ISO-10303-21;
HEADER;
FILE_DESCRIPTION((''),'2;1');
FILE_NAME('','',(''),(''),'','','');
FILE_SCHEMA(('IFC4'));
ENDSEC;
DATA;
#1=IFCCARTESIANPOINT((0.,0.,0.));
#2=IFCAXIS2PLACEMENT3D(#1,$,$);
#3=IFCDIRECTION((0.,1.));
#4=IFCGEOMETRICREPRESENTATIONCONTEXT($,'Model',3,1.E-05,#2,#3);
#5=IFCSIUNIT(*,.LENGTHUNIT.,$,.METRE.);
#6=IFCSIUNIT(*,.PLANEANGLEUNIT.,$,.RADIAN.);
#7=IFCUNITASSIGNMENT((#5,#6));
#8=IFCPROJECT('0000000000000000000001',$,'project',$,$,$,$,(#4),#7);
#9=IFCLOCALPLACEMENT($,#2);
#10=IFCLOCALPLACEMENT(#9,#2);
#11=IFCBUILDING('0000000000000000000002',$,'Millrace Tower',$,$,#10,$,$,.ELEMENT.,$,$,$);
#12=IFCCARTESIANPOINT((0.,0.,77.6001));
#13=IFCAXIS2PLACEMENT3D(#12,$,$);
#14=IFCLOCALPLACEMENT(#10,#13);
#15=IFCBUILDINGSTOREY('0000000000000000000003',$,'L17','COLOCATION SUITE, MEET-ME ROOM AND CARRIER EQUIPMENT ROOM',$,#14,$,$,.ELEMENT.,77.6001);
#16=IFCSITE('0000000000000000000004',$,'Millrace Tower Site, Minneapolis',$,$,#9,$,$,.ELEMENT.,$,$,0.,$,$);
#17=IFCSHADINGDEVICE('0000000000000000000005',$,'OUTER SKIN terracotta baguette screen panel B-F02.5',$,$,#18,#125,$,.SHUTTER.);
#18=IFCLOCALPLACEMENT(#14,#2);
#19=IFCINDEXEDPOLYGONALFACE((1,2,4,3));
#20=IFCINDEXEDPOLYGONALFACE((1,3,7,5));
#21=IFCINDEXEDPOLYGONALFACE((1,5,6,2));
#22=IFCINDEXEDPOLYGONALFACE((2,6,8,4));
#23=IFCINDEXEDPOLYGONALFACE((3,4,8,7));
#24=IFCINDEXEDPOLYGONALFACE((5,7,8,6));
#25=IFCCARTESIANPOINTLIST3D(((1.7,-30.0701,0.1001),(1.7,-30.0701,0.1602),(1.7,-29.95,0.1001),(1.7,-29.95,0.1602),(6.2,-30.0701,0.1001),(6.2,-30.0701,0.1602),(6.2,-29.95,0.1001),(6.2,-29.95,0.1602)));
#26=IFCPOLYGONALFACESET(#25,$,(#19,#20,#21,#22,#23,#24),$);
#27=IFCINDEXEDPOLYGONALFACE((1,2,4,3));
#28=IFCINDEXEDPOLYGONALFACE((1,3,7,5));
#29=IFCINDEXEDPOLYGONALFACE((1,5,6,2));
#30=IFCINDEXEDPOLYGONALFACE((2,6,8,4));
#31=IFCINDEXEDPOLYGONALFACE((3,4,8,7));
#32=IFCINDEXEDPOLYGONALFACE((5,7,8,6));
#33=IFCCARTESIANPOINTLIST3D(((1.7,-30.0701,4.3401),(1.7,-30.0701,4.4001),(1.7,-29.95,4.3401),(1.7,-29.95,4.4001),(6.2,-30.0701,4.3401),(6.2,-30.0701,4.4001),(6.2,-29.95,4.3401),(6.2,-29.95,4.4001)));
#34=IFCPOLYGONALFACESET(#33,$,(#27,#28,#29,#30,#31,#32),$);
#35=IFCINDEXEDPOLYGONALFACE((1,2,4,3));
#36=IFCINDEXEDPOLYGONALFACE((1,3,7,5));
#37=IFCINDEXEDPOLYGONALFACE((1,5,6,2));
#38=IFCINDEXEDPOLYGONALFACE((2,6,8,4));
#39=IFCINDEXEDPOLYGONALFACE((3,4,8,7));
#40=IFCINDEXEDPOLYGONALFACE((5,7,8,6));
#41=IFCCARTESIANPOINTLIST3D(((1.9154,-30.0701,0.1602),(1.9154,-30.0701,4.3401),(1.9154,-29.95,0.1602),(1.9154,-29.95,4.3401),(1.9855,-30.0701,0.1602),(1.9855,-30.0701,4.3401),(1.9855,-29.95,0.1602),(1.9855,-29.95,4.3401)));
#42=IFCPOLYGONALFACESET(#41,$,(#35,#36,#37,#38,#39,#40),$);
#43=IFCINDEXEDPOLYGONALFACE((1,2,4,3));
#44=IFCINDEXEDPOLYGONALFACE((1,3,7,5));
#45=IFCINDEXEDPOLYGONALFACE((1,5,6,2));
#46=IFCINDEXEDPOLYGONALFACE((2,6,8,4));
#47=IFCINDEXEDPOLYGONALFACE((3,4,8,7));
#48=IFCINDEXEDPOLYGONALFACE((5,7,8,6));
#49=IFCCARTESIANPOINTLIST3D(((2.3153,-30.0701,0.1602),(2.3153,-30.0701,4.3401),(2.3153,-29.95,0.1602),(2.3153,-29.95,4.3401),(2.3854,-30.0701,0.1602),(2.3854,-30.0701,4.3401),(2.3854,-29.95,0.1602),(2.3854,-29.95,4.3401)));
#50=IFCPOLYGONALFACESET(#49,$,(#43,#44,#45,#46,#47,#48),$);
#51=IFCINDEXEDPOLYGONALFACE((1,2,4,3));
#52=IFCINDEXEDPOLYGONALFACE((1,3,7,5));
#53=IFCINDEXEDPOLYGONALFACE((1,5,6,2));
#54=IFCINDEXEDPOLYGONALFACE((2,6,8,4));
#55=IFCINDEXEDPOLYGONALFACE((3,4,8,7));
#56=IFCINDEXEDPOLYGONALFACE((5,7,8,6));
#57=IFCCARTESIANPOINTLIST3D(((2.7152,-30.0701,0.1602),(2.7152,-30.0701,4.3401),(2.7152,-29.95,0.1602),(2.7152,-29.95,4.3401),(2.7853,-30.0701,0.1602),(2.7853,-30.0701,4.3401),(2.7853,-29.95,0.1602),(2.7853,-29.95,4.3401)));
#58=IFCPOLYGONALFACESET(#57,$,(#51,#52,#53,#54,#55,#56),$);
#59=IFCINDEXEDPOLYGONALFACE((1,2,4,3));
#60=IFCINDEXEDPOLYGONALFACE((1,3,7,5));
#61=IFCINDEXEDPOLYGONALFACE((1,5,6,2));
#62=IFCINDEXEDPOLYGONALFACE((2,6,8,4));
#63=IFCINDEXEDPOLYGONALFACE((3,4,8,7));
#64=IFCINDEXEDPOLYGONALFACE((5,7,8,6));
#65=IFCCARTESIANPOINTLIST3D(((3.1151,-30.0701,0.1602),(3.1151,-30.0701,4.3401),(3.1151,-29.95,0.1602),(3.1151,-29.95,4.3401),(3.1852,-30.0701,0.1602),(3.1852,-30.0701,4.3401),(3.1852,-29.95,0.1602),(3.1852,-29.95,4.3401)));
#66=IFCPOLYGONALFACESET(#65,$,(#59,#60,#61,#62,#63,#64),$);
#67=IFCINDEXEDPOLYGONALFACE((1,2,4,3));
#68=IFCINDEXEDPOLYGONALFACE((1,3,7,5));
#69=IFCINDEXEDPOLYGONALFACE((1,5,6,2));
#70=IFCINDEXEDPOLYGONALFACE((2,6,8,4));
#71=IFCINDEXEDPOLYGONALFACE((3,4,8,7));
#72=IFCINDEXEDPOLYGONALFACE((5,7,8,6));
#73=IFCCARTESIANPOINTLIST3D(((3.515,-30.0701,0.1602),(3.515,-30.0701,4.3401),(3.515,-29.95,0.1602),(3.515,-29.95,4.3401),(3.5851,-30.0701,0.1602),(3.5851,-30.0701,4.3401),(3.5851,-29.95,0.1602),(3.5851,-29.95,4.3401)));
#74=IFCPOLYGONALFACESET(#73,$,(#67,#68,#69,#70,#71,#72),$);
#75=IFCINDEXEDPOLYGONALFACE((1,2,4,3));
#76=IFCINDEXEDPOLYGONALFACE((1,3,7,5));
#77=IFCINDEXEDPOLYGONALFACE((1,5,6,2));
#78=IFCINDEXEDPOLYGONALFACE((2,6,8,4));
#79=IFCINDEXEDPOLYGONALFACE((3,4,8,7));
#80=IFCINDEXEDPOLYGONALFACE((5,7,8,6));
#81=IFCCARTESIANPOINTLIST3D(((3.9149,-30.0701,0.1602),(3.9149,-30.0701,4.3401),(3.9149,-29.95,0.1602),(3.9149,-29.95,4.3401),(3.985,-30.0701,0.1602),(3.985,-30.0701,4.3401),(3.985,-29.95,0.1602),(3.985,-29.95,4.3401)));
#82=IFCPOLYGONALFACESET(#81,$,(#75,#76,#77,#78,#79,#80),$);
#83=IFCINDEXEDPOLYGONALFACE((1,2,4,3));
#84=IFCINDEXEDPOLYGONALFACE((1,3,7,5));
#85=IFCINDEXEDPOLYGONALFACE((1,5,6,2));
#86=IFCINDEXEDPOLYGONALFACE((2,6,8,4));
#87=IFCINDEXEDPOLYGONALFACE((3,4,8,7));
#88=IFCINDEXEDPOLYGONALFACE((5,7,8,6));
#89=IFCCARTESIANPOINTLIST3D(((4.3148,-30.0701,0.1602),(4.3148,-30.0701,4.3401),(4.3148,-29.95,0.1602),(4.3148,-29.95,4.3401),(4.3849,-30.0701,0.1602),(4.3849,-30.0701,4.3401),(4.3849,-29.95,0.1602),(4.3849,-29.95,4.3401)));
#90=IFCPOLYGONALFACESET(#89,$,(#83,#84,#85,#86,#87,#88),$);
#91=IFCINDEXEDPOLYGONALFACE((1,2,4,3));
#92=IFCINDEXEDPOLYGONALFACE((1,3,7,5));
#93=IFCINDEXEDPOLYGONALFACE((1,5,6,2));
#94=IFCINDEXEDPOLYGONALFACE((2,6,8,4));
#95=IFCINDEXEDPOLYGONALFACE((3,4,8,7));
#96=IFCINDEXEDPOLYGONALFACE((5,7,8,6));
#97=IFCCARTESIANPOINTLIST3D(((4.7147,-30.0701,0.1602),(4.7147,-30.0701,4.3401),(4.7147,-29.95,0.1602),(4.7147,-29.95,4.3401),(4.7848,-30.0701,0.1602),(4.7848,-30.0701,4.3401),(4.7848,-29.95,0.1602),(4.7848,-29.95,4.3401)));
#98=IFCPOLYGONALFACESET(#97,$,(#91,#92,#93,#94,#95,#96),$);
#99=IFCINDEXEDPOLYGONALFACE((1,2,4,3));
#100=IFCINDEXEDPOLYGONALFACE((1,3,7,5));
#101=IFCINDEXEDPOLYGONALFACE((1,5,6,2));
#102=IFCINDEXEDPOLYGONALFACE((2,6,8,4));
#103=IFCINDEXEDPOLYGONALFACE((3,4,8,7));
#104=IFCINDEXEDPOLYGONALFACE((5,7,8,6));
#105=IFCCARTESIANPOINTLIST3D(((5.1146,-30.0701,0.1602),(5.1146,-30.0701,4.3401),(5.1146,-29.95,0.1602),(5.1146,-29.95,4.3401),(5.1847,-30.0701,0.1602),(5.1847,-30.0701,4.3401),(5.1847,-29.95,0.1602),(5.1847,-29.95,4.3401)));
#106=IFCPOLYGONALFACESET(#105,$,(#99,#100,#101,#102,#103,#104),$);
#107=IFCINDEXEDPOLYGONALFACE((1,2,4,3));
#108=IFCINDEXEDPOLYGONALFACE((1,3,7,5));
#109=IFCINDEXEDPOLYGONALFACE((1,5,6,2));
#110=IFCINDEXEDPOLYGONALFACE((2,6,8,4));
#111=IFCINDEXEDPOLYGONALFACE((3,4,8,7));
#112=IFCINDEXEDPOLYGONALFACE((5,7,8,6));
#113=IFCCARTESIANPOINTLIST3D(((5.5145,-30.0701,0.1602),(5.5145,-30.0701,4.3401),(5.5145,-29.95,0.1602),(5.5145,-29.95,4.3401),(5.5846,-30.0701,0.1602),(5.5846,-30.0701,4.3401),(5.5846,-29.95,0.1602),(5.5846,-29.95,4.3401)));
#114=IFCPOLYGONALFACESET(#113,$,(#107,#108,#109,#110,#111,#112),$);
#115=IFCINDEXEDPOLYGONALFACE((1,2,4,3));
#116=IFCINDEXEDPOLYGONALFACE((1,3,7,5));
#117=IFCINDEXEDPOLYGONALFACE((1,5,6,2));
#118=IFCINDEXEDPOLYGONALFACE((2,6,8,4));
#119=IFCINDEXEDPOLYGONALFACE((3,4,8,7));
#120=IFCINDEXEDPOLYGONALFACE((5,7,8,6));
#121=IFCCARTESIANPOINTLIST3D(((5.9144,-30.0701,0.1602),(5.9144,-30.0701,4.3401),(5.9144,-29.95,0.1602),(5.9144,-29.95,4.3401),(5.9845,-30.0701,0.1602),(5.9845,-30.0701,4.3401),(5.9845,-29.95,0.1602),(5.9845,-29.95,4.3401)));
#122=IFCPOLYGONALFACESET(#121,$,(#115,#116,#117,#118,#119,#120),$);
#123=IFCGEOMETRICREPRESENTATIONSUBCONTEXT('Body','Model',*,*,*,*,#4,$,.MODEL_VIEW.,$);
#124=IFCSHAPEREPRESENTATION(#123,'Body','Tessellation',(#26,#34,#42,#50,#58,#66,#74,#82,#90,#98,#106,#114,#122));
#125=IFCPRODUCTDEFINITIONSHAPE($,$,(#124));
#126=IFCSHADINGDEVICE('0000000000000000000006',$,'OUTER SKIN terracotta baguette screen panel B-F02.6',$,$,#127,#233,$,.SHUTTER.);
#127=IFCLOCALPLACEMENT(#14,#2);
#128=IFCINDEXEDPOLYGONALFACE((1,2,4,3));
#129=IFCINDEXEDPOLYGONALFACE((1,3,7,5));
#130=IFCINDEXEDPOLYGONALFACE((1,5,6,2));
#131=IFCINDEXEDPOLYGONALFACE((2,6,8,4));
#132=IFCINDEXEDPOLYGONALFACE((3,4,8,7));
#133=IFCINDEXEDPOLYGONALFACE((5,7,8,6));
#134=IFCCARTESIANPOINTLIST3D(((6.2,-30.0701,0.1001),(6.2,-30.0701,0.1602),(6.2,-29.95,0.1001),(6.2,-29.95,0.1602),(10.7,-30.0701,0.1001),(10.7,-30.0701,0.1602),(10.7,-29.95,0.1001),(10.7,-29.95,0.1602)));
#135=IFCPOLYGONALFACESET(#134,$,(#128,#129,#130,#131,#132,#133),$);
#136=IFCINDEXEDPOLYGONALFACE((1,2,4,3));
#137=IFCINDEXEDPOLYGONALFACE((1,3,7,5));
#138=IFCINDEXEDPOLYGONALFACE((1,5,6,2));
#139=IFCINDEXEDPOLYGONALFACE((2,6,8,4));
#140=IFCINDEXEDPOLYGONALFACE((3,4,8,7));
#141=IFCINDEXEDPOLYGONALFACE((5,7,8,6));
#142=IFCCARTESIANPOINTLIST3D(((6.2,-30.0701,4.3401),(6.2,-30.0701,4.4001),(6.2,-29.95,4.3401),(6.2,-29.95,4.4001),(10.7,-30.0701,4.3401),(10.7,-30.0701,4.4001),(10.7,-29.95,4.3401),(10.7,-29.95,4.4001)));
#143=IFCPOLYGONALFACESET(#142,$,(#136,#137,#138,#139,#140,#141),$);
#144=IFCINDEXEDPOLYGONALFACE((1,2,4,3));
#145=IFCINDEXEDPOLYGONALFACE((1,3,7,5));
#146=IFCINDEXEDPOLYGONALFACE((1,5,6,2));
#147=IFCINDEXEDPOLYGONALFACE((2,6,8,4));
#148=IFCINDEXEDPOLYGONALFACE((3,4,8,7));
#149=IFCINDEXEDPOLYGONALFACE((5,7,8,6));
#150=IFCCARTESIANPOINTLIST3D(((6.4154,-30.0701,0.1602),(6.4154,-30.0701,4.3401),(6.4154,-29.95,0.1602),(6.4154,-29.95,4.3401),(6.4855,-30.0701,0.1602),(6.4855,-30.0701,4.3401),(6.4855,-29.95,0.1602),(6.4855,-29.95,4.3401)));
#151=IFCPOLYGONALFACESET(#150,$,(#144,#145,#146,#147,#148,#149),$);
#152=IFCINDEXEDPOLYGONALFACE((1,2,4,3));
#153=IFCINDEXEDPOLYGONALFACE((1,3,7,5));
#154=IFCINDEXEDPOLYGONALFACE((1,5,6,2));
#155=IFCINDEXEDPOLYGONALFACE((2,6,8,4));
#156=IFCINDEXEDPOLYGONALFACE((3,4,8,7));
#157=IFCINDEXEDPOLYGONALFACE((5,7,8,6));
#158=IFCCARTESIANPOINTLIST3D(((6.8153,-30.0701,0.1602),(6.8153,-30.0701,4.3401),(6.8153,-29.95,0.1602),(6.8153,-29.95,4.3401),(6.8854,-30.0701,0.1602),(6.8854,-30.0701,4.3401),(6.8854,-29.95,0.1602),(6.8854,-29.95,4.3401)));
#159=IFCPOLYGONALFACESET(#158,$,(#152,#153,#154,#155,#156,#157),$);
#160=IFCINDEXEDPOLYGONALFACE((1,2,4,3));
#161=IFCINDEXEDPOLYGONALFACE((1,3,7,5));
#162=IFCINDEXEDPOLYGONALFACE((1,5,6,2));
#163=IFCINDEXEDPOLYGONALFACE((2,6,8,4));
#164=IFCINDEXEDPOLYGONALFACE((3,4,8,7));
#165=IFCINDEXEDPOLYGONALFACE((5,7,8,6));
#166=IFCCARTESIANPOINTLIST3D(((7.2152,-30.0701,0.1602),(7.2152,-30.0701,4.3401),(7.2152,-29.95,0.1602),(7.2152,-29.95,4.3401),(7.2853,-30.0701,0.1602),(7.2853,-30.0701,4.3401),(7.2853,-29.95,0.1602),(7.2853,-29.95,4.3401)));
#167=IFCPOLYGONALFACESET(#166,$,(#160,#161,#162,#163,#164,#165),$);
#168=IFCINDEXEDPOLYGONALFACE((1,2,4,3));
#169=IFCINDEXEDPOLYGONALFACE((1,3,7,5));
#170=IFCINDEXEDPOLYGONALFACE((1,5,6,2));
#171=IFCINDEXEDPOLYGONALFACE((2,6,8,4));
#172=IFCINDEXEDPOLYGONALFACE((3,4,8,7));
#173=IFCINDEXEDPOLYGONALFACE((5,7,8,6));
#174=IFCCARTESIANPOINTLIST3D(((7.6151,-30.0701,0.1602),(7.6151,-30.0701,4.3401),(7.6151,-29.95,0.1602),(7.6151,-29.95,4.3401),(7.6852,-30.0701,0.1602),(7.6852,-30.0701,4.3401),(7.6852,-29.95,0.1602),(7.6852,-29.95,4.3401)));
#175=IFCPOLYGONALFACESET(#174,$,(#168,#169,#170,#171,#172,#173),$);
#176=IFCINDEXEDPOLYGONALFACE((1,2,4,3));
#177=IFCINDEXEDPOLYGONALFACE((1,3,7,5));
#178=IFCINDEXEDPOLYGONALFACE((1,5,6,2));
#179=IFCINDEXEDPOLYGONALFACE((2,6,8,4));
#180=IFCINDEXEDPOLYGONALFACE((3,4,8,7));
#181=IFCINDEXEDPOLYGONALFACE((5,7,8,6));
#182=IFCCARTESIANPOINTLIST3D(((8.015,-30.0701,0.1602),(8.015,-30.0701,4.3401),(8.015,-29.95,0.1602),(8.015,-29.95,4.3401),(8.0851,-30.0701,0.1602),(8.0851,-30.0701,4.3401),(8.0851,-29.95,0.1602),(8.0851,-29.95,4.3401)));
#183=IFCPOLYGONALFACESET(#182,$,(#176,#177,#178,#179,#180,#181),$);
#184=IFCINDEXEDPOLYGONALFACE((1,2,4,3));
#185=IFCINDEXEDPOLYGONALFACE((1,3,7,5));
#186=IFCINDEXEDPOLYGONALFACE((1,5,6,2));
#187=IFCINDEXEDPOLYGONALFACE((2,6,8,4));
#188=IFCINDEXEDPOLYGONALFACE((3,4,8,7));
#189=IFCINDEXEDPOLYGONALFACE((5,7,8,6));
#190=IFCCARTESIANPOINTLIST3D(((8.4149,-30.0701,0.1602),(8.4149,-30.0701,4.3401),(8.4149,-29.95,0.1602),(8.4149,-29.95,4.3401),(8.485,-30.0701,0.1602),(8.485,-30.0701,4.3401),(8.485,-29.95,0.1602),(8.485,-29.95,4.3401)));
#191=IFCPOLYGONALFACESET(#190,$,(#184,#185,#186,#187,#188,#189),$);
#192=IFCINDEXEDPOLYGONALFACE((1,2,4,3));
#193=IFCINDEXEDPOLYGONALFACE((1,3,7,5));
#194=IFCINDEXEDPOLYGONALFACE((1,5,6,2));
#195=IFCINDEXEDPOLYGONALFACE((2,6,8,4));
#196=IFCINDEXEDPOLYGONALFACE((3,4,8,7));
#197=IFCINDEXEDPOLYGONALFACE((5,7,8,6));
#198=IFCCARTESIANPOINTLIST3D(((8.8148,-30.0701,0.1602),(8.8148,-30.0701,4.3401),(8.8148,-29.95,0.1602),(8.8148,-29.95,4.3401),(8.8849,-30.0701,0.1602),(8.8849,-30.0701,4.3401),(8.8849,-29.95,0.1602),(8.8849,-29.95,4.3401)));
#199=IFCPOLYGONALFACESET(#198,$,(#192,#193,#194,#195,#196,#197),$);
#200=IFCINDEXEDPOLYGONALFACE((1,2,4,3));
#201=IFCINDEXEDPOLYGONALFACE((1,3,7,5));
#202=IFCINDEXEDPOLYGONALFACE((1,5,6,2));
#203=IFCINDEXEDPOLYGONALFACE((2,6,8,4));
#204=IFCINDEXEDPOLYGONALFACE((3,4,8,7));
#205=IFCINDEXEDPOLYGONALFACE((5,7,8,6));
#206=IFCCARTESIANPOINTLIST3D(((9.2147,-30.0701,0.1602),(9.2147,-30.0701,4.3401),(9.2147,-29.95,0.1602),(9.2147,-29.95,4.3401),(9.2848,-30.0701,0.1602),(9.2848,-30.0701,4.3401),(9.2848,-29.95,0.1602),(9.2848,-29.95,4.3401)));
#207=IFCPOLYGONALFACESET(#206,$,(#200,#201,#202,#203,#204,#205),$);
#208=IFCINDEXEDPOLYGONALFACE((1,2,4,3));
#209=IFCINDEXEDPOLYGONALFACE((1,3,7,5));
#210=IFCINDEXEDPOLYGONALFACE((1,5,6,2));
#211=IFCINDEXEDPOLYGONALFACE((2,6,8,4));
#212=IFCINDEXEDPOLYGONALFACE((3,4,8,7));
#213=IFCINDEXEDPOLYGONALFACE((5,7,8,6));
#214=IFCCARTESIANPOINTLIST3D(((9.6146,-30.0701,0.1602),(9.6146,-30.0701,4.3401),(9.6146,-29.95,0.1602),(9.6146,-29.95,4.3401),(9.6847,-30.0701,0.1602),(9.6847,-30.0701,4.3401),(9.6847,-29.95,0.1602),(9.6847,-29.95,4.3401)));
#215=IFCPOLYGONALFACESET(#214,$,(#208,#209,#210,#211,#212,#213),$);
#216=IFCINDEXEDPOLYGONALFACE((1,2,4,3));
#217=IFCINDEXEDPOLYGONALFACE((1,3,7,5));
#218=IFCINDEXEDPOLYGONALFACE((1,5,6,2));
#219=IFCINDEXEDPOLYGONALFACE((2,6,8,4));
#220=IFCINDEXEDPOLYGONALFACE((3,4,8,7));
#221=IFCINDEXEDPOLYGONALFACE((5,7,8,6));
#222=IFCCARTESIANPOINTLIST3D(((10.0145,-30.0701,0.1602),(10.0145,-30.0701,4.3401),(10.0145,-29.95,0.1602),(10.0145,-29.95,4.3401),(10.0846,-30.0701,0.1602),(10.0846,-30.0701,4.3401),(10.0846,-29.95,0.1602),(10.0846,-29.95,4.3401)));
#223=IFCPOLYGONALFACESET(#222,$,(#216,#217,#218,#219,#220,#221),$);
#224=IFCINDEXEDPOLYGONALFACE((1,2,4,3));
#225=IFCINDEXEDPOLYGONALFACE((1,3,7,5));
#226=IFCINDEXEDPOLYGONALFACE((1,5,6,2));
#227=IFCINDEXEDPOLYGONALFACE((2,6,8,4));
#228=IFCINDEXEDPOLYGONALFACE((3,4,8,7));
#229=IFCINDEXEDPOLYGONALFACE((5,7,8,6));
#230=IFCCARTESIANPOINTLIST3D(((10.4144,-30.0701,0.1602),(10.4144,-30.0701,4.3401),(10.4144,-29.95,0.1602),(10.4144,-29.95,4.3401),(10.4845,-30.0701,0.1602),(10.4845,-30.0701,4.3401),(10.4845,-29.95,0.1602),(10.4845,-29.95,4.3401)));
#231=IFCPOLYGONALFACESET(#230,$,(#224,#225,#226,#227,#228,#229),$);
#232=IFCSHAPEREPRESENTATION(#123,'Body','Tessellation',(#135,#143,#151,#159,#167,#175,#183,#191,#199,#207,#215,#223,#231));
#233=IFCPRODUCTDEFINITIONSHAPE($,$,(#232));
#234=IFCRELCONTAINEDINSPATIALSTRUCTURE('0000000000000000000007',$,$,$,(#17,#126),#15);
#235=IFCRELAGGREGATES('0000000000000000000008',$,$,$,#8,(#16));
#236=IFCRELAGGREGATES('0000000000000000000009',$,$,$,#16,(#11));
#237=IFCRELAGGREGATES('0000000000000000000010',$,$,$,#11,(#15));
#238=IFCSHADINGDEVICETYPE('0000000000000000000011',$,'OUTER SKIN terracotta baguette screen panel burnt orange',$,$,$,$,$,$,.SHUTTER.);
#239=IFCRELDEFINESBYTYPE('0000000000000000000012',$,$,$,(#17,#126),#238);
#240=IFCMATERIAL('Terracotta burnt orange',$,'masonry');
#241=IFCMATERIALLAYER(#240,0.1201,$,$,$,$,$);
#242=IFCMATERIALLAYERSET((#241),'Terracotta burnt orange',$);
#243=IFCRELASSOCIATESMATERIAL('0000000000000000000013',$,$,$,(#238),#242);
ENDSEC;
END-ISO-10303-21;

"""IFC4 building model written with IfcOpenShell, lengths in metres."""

from ifc_helpers import new_model, entity, si_unit, direction, frame, frame_2d, origin, origin_2d, place, context, subcontext, project, spatial, rectangle, extrude, source, transform, mapped, material, layer, layer_set, type_object, element, save


model = new_model("IFC4")

# Units and contexts
model_context = context("Model", 3, precision=1e-05, world=origin(), true_north=direction((0.0, 1.0)))
body_context = subcontext(model_context, "Body", "Model", "MODEL_VIEW")
ifc_project = project(units=[si_unit("LENGTHUNIT", "METRE"), si_unit("PLANEANGLEUNIT", "RADIAN")], contexts=[model_context])

# Site, building, storey
site_placement = place(None, origin())
site = spatial("IfcSite", under=ifc_project, at=site_placement, Name="Millrace Tower Site, Minneapolis", CompositionType="ELEMENT", RefElevation=0.0)
building_placement = place(site_placement, origin())
building = spatial("IfcBuilding", under=site, at=building_placement, Name="Millrace Tower", CompositionType="ELEMENT")
storey_placement = place(building_placement, frame((0.0, 0.0, 77.6001)))
storey = spatial("IfcBuildingStorey", under=building, at=storey_placement, Name="L17", Description="COLOCATION SUITE, MEET-ME ROOM AND CARRIER EQUIPMENT ROOM", CompositionType="ELEMENT", Elevation=77.6001)

# Shading devices
ifc_material_1 = material(Name="Terracotta burnt orange", Category="masonry")
ifc_layer_1 = layer(ifc_material_1, 0.1201)
ifc_layer_set_1 = layer_set([ifc_layer_1], Name="Terracotta burnt orange")
shading_device_type = type_object("IfcShadingDeviceType", Name="OUTER SKIN terracotta baguette screen panel burnt orange", PredefinedType="SHUTTER", material=ifc_layer_set_1)
cartesian_point = entity("IfcCartesianPoint", [-2.25, 0.0601])
shared_polyline = entity("IfcPolyline", [cartesian_point, entity("IfcCartesianPoint", [2.25, 0.0601]), entity("IfcCartesianPoint", [2.25, -0.0601]), entity("IfcCartesianPoint", [-2.25, -0.0601]), cartesian_point])
shared_shape = source(origin(), body_context, "Body", "SweptSolid", [
    entity("IfcExtrudedAreaSolid", entity("IfcArbitraryClosedProfileDef", "AREA", None, shared_polyline), entity("IfcAxis2Placement3D", entity("IfcCartesianPoint", [0.0, 0.0, 0.0])), entity("IfcDirection", [0.0, 0.0, 1.0]), 0.0601),
    entity("IfcExtrudedAreaSolid", entity("IfcArbitraryClosedProfileDef", "AREA", None, shared_polyline), entity("IfcAxis2Placement3D", entity("IfcCartesianPoint", [0.0, 0.0, 4.24])), entity("IfcDirection", [0.0, 0.0, 1.0]), 0.0601),
    extrude(rectangle(XDim=0.0701, YDim=0.1201, at=frame_2d((-1.9995, 0.0))), frame((0.0, 0.0, 0.0601)), (0.0, 0.0, 1.0), 4.1799),
    extrude(rectangle(XDim=0.0701, YDim=0.1201, at=frame_2d((-1.5996, 0.0))), frame((0.0, 0.0, 0.0601)), (0.0, 0.0, 1.0), 4.1799),
    extrude(rectangle(XDim=0.0701, YDim=0.1201, at=frame_2d((-1.1997, 0.0))), frame((0.0, 0.0, 0.0601)), (0.0, 0.0, 1.0), 4.1799),
    extrude(rectangle(XDim=0.0701, YDim=0.1201, at=frame_2d((-0.7998, 0.0))), frame((0.0, 0.0, 0.0601)), (0.0, 0.0, 1.0), 4.1799),
    extrude(rectangle(XDim=0.0701, YDim=0.1201, at=frame_2d((-0.3999, 0.0))), frame((0.0, 0.0, 0.0601)), (0.0, 0.0, 1.0), 4.1799),
    extrude(rectangle(XDim=0.0701, YDim=0.1201, at=origin_2d()), frame((0.0, 0.0, 0.0601)), (0.0, 0.0, 1.0), 4.1799),
    extrude(rectangle(XDim=0.0701, YDim=0.1201, at=frame_2d((0.3999, 0.0))), frame((0.0, 0.0, 0.0601)), (0.0, 0.0, 1.0), 4.1799),
    extrude(rectangle(XDim=0.0701, YDim=0.1201, at=frame_2d((0.7998, 0.0))), frame((0.0, 0.0, 0.0601)), (0.0, 0.0, 1.0), 4.1799),
    extrude(rectangle(XDim=0.0701, YDim=0.1201, at=frame_2d((1.1997, 0.0))), frame((0.0, 0.0, 0.0601)), (0.0, 0.0, 1.0), 4.1799),
    extrude(rectangle(XDim=0.0701, YDim=0.1201, at=frame_2d((1.5996, 0.0))), frame((0.0, 0.0, 0.0601)), (0.0, 0.0, 1.0), 4.1799),
    extrude(rectangle(XDim=0.0701, YDim=0.1201, at=frame_2d((1.9995, 0.0))), frame((0.0, 0.0, 0.0601)), (0.0, 0.0, 1.0), 4.1799),
])
for number, where, z_axis, x_axis, name in (
    (1, (3.95, -30.01, 0.1001), (0.0, 0.0, 1.0), (1.0, 0.0, 0.0), "OUTER SKIN terracotta baguette screen panel B-F02.5"),
    (2, (8.45, -30.01, 0.1001), (0.0, 0.0, 1.0), (1.0, 0.0, 0.0), "OUTER SKIN terracotta baguette screen panel B-F02.6"),
):
    element("IfcShadingDevice", number, at=place(storey_placement, frame(where, z_axis=z_axis, x_axis=x_axis)), inside=storey, type_object=shading_device_type, Name=name, PredefinedType="SHUTTER", context=body_context, shape_type="MappedRepresentation", body=[
        mapped(shared_shape, transform((0.0, 0.0, 0.0), scale=1.0)),
    ])

save(model, "model.ifc")
